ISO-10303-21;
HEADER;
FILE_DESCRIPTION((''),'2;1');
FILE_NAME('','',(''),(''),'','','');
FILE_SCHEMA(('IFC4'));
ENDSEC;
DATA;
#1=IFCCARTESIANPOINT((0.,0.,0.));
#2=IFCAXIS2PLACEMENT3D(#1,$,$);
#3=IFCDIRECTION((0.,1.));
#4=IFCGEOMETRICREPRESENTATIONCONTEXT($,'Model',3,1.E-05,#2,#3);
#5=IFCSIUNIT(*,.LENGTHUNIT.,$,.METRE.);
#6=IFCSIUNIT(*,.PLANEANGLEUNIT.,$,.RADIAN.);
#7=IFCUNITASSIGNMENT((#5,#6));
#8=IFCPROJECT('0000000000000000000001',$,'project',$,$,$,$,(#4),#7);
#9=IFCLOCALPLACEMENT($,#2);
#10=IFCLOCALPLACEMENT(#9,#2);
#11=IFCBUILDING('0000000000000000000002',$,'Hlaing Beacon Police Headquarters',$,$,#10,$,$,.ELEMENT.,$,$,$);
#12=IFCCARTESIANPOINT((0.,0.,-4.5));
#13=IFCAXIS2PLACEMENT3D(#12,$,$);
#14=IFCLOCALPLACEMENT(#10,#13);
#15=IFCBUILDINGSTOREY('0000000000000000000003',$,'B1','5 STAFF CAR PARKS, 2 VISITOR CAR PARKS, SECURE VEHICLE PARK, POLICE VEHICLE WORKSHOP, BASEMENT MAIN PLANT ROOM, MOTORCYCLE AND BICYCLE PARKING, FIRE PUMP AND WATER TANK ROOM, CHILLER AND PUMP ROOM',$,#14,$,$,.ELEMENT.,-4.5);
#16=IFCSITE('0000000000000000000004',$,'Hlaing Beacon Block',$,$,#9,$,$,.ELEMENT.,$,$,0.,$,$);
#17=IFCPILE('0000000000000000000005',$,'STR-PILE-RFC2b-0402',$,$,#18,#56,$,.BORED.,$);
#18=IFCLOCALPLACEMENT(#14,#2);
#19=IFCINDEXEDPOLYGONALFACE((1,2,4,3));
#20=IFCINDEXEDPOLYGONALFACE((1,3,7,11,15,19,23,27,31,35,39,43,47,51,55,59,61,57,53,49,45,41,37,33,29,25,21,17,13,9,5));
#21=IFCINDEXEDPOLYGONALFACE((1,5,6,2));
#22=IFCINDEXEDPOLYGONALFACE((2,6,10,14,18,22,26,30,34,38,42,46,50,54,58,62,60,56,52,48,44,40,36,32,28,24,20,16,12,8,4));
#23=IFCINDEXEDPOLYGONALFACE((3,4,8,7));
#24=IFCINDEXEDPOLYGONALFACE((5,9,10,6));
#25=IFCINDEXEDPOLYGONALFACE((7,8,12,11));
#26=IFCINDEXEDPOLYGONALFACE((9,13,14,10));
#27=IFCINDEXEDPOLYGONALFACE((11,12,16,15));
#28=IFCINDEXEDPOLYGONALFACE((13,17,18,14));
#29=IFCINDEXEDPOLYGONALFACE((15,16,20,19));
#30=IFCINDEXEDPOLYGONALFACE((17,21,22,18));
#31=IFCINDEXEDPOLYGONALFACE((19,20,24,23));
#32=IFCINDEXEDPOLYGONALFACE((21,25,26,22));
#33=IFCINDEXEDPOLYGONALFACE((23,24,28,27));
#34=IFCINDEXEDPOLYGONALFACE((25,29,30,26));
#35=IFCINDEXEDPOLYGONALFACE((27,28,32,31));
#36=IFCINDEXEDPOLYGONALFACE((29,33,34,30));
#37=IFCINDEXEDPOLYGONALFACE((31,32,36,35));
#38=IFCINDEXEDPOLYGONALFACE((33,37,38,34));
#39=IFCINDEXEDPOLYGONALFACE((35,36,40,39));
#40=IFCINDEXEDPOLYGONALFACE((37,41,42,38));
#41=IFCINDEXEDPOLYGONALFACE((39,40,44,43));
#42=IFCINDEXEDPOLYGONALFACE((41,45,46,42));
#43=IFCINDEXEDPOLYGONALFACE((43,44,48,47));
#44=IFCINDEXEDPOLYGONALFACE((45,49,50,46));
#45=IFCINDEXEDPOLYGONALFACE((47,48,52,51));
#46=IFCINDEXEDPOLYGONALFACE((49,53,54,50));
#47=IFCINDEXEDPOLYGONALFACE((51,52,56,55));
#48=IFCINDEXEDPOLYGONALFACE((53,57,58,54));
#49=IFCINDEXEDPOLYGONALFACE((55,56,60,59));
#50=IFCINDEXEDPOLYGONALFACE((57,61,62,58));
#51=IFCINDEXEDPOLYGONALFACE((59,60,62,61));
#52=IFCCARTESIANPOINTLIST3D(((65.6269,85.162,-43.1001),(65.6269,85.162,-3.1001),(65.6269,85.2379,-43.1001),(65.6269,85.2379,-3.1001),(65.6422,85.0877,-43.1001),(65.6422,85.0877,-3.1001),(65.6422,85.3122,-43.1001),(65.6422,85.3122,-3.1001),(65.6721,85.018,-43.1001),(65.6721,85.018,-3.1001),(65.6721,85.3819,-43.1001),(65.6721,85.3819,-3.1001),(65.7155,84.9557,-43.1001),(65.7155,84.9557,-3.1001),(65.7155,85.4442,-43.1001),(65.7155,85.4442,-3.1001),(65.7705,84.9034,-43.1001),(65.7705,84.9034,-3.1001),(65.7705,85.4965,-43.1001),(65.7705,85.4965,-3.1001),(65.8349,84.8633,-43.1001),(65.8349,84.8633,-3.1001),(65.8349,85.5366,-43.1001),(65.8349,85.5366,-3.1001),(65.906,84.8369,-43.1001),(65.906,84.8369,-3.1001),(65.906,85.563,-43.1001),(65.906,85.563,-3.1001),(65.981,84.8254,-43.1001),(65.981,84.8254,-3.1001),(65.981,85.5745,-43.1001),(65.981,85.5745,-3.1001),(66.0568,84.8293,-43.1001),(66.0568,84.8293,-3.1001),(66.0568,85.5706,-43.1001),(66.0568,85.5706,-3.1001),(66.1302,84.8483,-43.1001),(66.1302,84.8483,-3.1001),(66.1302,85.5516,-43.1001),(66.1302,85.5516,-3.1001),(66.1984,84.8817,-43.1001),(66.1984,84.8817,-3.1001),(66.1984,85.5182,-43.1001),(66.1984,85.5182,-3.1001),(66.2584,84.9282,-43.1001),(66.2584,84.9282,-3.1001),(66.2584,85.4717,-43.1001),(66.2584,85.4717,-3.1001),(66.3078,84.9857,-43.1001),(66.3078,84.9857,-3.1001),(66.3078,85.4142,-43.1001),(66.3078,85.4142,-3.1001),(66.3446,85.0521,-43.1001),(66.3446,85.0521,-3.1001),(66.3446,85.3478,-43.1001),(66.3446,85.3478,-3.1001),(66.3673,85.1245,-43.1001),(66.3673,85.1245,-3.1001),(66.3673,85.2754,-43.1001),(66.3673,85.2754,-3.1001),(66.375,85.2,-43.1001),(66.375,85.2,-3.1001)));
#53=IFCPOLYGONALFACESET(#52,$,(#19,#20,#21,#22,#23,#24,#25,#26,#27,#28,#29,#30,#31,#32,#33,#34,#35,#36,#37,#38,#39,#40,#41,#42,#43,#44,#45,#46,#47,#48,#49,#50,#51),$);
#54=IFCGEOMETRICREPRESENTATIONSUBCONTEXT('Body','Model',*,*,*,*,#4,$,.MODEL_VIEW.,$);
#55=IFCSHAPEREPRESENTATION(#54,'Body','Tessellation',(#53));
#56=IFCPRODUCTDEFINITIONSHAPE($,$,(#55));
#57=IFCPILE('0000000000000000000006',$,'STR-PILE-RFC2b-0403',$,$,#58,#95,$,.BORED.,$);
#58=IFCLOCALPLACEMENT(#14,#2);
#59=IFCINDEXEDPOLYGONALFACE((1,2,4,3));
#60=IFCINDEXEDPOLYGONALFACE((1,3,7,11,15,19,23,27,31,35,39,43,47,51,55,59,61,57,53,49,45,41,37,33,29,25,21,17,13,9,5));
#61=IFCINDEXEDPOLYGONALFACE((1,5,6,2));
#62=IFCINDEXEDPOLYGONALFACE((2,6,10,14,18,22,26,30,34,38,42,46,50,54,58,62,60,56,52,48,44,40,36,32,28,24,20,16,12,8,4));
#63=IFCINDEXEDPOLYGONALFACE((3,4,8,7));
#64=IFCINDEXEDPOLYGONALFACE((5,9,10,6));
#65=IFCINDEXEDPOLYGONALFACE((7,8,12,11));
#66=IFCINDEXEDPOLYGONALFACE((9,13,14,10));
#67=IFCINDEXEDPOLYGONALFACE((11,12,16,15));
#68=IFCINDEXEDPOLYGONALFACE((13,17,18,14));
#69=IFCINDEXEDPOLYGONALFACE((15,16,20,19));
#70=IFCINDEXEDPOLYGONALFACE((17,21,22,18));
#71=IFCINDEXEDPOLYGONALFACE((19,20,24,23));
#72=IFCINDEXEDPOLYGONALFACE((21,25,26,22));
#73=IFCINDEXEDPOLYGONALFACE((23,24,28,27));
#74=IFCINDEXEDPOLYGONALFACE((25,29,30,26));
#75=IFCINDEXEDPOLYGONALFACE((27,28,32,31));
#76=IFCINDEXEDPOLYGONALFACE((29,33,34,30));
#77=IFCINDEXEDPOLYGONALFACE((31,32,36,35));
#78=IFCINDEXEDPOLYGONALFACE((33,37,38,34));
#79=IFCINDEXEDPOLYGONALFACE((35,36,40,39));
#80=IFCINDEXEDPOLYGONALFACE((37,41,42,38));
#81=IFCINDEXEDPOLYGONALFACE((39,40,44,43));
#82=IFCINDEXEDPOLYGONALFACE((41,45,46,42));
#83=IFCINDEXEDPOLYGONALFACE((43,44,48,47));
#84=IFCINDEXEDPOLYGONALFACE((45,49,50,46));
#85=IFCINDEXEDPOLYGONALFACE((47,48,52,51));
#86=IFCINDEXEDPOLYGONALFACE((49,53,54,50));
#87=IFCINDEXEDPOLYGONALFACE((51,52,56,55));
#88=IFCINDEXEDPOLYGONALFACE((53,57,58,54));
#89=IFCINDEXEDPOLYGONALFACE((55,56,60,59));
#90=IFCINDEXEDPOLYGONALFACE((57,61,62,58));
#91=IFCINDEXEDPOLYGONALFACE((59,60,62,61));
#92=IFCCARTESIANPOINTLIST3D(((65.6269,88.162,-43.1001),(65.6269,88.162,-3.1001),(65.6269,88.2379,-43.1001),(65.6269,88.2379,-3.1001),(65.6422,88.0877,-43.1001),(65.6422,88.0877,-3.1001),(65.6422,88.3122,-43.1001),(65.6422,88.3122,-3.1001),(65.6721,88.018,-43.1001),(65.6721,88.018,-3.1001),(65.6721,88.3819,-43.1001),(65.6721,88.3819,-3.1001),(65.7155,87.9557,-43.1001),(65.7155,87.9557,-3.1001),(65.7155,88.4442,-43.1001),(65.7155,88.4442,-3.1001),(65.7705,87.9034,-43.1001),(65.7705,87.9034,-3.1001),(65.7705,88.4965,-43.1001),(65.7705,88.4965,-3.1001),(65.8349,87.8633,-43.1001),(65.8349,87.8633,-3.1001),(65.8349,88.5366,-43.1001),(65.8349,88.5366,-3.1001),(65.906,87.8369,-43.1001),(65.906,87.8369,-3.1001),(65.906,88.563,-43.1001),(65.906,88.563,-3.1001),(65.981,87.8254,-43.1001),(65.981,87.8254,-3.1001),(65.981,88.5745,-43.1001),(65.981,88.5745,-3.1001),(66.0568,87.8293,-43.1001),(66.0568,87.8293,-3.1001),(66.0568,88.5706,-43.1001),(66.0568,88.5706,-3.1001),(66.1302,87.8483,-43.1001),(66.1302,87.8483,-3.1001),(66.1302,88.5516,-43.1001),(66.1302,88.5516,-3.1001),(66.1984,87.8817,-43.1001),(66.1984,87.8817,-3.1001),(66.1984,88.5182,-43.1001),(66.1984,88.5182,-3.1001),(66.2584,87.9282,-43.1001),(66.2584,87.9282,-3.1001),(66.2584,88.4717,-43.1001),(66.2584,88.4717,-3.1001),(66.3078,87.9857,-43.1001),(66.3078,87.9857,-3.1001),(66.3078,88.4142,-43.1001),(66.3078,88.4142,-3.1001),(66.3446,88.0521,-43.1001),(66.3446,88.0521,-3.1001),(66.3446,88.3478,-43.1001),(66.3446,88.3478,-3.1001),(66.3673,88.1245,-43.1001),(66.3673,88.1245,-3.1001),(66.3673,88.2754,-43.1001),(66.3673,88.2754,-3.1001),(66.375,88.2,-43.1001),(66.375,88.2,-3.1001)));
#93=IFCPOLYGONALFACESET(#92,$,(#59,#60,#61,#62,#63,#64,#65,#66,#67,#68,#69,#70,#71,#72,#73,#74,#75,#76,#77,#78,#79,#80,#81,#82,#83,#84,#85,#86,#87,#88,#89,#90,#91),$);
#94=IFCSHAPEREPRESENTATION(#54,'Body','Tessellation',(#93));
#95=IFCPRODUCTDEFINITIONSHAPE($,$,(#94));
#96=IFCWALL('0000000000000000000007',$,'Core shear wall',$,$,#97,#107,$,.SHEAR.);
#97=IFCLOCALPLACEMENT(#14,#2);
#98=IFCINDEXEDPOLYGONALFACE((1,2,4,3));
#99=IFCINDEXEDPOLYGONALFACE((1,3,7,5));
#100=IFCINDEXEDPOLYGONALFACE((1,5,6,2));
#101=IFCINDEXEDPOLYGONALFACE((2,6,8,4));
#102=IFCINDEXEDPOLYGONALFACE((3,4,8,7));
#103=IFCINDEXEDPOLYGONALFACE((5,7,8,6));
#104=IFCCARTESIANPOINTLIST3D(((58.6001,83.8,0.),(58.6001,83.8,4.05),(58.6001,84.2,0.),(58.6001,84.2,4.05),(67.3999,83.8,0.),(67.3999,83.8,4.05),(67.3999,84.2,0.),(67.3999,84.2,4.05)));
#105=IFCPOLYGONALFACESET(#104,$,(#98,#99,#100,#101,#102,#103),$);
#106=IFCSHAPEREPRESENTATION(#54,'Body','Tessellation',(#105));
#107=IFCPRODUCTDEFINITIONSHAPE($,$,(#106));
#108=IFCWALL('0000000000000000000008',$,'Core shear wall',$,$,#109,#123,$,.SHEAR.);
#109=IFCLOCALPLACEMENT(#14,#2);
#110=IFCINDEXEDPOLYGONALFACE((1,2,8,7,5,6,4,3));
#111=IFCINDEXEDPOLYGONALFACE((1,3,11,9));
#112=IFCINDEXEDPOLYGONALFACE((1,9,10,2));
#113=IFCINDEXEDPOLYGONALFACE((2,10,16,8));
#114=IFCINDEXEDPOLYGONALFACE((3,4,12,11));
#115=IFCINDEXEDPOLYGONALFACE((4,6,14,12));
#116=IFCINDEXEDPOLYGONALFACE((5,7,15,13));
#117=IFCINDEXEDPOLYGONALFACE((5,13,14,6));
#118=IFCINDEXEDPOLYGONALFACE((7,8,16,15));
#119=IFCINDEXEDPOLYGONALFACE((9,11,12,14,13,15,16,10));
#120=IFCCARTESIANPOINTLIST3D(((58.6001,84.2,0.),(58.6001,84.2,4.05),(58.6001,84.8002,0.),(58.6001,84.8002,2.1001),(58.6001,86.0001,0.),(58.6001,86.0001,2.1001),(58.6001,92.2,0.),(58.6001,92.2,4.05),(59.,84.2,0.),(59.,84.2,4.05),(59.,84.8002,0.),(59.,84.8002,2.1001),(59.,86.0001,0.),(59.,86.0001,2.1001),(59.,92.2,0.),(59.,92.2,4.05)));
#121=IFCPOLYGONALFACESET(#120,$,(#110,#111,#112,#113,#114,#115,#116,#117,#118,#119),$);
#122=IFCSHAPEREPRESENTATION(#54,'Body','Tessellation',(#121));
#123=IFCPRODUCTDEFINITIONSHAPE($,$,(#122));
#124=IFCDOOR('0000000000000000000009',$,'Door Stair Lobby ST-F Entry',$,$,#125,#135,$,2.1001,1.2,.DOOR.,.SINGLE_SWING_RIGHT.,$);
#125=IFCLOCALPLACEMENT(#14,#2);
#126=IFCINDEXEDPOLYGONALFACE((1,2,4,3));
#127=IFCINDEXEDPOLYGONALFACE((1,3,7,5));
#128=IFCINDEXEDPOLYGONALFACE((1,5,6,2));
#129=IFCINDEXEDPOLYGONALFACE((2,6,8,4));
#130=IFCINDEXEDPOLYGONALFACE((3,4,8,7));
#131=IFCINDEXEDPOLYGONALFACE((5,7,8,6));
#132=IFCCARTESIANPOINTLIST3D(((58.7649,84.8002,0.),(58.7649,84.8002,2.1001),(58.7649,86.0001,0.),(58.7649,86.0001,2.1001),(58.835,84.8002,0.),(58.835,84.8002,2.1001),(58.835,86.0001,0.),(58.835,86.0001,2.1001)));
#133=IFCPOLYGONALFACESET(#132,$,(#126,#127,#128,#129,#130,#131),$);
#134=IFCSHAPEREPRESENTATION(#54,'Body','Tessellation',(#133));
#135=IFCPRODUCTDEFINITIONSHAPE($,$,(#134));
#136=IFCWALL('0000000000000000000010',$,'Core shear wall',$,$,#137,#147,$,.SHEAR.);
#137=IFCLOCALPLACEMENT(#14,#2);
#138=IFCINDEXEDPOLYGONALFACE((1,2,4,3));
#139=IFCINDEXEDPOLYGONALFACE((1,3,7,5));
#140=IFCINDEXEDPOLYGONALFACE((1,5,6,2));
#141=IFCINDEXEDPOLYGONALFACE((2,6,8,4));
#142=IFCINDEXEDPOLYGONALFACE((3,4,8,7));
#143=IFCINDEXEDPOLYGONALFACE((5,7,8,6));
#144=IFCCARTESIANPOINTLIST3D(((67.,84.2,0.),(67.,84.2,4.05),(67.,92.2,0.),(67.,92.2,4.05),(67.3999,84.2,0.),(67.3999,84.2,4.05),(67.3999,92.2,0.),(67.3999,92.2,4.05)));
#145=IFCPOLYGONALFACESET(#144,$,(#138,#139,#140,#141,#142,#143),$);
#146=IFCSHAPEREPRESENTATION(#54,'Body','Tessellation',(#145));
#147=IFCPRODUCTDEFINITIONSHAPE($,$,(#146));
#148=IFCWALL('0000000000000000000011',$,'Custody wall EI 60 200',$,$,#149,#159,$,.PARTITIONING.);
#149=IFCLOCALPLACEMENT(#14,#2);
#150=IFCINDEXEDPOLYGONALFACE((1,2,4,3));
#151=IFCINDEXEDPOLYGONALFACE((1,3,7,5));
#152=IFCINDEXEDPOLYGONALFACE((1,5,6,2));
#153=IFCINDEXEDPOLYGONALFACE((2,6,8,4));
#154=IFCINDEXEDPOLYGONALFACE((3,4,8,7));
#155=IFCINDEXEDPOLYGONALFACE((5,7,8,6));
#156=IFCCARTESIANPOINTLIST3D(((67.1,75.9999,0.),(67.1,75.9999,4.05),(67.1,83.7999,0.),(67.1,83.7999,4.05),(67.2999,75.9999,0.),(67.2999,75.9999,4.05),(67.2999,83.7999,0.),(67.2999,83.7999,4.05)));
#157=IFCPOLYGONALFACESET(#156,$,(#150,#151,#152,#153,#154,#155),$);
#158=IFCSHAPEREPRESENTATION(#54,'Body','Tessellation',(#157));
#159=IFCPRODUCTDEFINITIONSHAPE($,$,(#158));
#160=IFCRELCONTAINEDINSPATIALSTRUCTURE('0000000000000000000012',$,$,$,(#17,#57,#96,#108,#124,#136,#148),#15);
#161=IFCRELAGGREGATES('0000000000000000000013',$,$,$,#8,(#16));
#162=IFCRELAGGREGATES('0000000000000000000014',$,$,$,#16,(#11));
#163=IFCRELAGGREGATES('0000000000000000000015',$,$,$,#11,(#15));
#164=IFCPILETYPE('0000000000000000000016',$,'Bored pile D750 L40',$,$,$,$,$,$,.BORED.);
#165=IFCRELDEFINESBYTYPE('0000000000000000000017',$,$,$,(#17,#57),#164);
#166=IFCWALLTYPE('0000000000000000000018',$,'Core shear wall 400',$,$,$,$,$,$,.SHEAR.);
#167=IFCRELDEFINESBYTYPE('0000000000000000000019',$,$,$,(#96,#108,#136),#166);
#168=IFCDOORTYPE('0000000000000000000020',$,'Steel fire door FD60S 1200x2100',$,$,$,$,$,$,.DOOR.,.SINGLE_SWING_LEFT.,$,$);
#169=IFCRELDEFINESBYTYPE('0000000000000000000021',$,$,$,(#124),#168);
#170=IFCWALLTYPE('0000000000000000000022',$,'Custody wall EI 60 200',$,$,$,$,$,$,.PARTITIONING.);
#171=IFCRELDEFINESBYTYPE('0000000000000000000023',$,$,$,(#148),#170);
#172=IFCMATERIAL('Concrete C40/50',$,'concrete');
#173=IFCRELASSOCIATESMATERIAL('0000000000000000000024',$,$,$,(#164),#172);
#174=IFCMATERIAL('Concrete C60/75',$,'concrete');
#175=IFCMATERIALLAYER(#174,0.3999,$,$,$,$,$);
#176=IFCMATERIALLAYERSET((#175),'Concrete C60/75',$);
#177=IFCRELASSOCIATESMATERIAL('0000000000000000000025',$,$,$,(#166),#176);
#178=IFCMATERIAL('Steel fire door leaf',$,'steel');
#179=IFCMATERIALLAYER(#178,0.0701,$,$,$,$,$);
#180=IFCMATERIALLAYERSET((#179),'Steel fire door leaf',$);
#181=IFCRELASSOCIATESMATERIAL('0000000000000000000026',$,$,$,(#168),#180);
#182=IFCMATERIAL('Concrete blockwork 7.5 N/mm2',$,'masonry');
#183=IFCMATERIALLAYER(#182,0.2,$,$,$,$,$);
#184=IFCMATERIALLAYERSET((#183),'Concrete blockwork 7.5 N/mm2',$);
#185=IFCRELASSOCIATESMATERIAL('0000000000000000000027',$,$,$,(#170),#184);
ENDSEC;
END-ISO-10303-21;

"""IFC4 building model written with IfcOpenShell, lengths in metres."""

from ifc_helpers import new_model, si_unit, direction, frame, frame_2d, origin, origin_2d, place, context, subcontext, project, spatial, rectangle, circle, extrude, material, layer, layer_set, material_profile, profile_set, type_object, element, fill, save


model = new_model("IFC4")

# Units and contexts
model_context = context("Model", 3, precision=1e-05, world=origin(), true_north=direction((0.0, 1.0)))
body_context = subcontext(model_context, "Body", "Model", "MODEL_VIEW")
ifc_project = project(units=[si_unit("LENGTHUNIT", "METRE"), si_unit("PLANEANGLEUNIT", "RADIAN")], contexts=[model_context])

# Site, building, storey
site_placement = place(None, origin())
site = spatial("IfcSite", under=ifc_project, at=site_placement, Name="Hlaing Beacon Block", CompositionType="ELEMENT", RefElevation=0.0)
building_placement = place(site_placement, origin())
building = spatial("IfcBuilding", under=site, at=building_placement, Name="Hlaing Beacon Police Headquarters", CompositionType="ELEMENT")
storey_placement = place(building_placement, frame((0.0, 0.0, -4.5)))
storey = spatial("IfcBuildingStorey", under=building, at=storey_placement, Name="B1", Description="5 STAFF CAR PARKS, 2 VISITOR CAR PARKS, SECURE VEHICLE PARK, POLICE VEHICLE WORKSHOP, BASEMENT MAIN PLANT ROOM, MOTORCYCLE AND BICYCLE PARKING, FIRE PUMP AND WATER TANK ROOM, CHILLER AND PUMP ROOM", CompositionType="ELEMENT", Elevation=-4.5)

# Piles
ifc_material_1 = material(Name="Concrete C40/50", Category="concrete")
ifc_material_profile = material_profile(ifc_material_1, circle(Radius=0.375, at=origin_2d()), Name="D750")
ifc_profile_set = profile_set([ifc_material_profile], Name="Concrete C40/50")
pile_type = type_object("IfcPileType", Name="Bored pile D750 L40", PredefinedType="BORED", material=ifc_profile_set)
for number, where, z_axis, x_axis, name in (
    (1, (66.0, 85.2, -3.1001), (0.0, 0.0, -1.0), (1.0, 0.0, 0.0), "STR-PILE-RFC2b-0402"),
    (2, (66.0, 88.2, -3.1001), (0.0, 0.0, -1.0), (1.0, 0.0, 0.0), "STR-PILE-RFC2b-0403"),
):
    element("IfcPile", number, at=place(storey_placement, frame(where, z_axis=z_axis, x_axis=x_axis)), inside=storey, type_object=pile_type, Name=name, PredefinedType="BORED", context=body_context, shape_type="SweptSolid", body=[
        extrude(circle(Radius=0.375, at=origin_2d()), origin(), (0.0, 0.0, 1.0), 40.0),
    ])

# Wall
ifc_material_2 = material(Name="Concrete C60/75", Category="concrete")
ifc_layer_1 = layer(ifc_material_2, 0.3999)
ifc_layer_set_1 = layer_set([ifc_layer_1], Name="Concrete C60/75")
wall_type_1 = type_object("IfcWallType", Name="Core shear wall 400", PredefinedType="SHEAR", material=ifc_layer_set_1)
wall_1_placement = place(storey_placement, frame((58.6001, 84.0, 0.0), z_axis=(0.0, 0.0, 1.0), x_axis=(1.0, 0.0, 0.0)))
element("IfcWall", 3, at=wall_1_placement, inside=storey, type_object=wall_type_1, Name="Core shear wall", PredefinedType="SHEAR", context=body_context, shape_type="SweptSolid", body=[
    extrude(rectangle(XDim=8.7998, YDim=0.3999, at=frame_2d((4.3999, 0.0))), origin(), (0.0, 0.0, 1.0), 4.05),
])

# Wall, opening, door
wall_2_placement = place(storey_placement, frame((58.8, 84.2, 0.0), z_axis=(0.0, 0.0, 1.0), x_axis=(0.0, 1.0, 0.0)))
wall_2 = element("IfcWall", 4, at=wall_2_placement, inside=storey, type_object=wall_type_1, Name="Core shear wall", PredefinedType="SHEAR", context=body_context, shape_type="SweptSolid", body=[
    extrude(rectangle(XDim=8.0, YDim=0.3999, at=frame_2d((4.0, 0.0))), origin(), (0.0, 0.0, 1.0), 4.05),
])
opening_1_placement = place(wall_2_placement, frame((0.6001, 0.0, 0.0)))
opening_1 = element("IfcOpeningElement", 5, at=opening_1_placement, cuts=wall_2, PredefinedType="OPENING", context=body_context, shape_type="SweptSolid", body=[
    extrude(rectangle(XDim=1.2, YDim=2.1001, at=frame_2d((0.6001, 1.05))), frame((0.0, 0.21, 0.0), z_axis=(0.0, -1.0, 0.0), x_axis=(1.0, 0.0, 0.0)), (0.0, 0.0, 1.0), 0.4199),
])
ifc_material_3 = material(Name="Steel fire door leaf", Category="steel")
ifc_layer_2 = layer(ifc_material_3, 0.0701)
ifc_layer_set_2 = layer_set([ifc_layer_2], Name="Steel fire door leaf")
door_type_1 = type_object("IfcDoorType", Name="Steel fire door FD60S 1200x2100", OperationType="SINGLE_SWING_LEFT", PredefinedType="DOOR", material=ifc_layer_set_2)
door_1_placement = place(opening_1_placement, frame((1.2, 0.0, 0.0), z_axis=(0.0, 0.0, 1.0), x_axis=(-1.0, 0.0, 0.0)))
door_1 = element("IfcDoor", 6, at=door_1_placement, inside=storey, type_object=door_type_1, Name="Door Stair Lobby ST-F Entry", OperationType="SINGLE_SWING_RIGHT", OverallHeight=2.1001, OverallWidth=1.2, PredefinedType="DOOR", context=body_context, shape_type="SweptSolid", body=[
    extrude(rectangle(XDim=1.2, YDim=2.1001, at=frame_2d((0.5999, 1.05))), frame((0.0, 0.0349, 0.0), z_axis=(0.0, -1.0, 0.0), x_axis=(1.0, 0.0, 0.0)), (0.0, 0.0, 1.0), 0.0701),
])
fill(opening_1, door_1)

# Walls
wall_3_placement = place(storey_placement, frame((67.2, 84.2, 0.0), z_axis=(0.0, 0.0, 1.0), x_axis=(0.0, 1.0, 0.0)))
element("IfcWall", 7, at=wall_3_placement, inside=storey, type_object=wall_type_1, Name="Core shear wall", PredefinedType="SHEAR", context=body_context, shape_type="SweptSolid", body=[
    extrude(rectangle(XDim=8.0, YDim=0.3999, at=frame_2d((4.0, 0.0))), origin(), (0.0, 0.0, 1.0), 4.05),
])
ifc_material_4 = material(Name="Concrete blockwork 7.5 N/mm2", Category="masonry")
ifc_layer_3 = layer(ifc_material_4, 0.2)
ifc_layer_set_3 = layer_set([ifc_layer_3], Name="Concrete blockwork 7.5 N/mm2")
wall_type_2 = type_object("IfcWallType", Name="Custody wall EI 60 200", PredefinedType="PARTITIONING", material=ifc_layer_set_3)
wall_4_placement = place(storey_placement, frame((67.2, 76.0, 0.0), z_axis=(0.0, 0.0, 1.0), x_axis=(0.0, 1.0, 0.0)))
element("IfcWall", 8, at=wall_4_placement, inside=storey, type_object=wall_type_2, Name="Custody wall EI 60 200", PredefinedType="PARTITIONING", context=body_context, shape_type="SweptSolid", body=[
    extrude(rectangle(XDim=7.8, YDim=0.2, at=frame_2d((3.8999, 0.0))), origin(), (0.0, 0.0, 1.0), 4.05),
])

save(model, "model.ifc")
